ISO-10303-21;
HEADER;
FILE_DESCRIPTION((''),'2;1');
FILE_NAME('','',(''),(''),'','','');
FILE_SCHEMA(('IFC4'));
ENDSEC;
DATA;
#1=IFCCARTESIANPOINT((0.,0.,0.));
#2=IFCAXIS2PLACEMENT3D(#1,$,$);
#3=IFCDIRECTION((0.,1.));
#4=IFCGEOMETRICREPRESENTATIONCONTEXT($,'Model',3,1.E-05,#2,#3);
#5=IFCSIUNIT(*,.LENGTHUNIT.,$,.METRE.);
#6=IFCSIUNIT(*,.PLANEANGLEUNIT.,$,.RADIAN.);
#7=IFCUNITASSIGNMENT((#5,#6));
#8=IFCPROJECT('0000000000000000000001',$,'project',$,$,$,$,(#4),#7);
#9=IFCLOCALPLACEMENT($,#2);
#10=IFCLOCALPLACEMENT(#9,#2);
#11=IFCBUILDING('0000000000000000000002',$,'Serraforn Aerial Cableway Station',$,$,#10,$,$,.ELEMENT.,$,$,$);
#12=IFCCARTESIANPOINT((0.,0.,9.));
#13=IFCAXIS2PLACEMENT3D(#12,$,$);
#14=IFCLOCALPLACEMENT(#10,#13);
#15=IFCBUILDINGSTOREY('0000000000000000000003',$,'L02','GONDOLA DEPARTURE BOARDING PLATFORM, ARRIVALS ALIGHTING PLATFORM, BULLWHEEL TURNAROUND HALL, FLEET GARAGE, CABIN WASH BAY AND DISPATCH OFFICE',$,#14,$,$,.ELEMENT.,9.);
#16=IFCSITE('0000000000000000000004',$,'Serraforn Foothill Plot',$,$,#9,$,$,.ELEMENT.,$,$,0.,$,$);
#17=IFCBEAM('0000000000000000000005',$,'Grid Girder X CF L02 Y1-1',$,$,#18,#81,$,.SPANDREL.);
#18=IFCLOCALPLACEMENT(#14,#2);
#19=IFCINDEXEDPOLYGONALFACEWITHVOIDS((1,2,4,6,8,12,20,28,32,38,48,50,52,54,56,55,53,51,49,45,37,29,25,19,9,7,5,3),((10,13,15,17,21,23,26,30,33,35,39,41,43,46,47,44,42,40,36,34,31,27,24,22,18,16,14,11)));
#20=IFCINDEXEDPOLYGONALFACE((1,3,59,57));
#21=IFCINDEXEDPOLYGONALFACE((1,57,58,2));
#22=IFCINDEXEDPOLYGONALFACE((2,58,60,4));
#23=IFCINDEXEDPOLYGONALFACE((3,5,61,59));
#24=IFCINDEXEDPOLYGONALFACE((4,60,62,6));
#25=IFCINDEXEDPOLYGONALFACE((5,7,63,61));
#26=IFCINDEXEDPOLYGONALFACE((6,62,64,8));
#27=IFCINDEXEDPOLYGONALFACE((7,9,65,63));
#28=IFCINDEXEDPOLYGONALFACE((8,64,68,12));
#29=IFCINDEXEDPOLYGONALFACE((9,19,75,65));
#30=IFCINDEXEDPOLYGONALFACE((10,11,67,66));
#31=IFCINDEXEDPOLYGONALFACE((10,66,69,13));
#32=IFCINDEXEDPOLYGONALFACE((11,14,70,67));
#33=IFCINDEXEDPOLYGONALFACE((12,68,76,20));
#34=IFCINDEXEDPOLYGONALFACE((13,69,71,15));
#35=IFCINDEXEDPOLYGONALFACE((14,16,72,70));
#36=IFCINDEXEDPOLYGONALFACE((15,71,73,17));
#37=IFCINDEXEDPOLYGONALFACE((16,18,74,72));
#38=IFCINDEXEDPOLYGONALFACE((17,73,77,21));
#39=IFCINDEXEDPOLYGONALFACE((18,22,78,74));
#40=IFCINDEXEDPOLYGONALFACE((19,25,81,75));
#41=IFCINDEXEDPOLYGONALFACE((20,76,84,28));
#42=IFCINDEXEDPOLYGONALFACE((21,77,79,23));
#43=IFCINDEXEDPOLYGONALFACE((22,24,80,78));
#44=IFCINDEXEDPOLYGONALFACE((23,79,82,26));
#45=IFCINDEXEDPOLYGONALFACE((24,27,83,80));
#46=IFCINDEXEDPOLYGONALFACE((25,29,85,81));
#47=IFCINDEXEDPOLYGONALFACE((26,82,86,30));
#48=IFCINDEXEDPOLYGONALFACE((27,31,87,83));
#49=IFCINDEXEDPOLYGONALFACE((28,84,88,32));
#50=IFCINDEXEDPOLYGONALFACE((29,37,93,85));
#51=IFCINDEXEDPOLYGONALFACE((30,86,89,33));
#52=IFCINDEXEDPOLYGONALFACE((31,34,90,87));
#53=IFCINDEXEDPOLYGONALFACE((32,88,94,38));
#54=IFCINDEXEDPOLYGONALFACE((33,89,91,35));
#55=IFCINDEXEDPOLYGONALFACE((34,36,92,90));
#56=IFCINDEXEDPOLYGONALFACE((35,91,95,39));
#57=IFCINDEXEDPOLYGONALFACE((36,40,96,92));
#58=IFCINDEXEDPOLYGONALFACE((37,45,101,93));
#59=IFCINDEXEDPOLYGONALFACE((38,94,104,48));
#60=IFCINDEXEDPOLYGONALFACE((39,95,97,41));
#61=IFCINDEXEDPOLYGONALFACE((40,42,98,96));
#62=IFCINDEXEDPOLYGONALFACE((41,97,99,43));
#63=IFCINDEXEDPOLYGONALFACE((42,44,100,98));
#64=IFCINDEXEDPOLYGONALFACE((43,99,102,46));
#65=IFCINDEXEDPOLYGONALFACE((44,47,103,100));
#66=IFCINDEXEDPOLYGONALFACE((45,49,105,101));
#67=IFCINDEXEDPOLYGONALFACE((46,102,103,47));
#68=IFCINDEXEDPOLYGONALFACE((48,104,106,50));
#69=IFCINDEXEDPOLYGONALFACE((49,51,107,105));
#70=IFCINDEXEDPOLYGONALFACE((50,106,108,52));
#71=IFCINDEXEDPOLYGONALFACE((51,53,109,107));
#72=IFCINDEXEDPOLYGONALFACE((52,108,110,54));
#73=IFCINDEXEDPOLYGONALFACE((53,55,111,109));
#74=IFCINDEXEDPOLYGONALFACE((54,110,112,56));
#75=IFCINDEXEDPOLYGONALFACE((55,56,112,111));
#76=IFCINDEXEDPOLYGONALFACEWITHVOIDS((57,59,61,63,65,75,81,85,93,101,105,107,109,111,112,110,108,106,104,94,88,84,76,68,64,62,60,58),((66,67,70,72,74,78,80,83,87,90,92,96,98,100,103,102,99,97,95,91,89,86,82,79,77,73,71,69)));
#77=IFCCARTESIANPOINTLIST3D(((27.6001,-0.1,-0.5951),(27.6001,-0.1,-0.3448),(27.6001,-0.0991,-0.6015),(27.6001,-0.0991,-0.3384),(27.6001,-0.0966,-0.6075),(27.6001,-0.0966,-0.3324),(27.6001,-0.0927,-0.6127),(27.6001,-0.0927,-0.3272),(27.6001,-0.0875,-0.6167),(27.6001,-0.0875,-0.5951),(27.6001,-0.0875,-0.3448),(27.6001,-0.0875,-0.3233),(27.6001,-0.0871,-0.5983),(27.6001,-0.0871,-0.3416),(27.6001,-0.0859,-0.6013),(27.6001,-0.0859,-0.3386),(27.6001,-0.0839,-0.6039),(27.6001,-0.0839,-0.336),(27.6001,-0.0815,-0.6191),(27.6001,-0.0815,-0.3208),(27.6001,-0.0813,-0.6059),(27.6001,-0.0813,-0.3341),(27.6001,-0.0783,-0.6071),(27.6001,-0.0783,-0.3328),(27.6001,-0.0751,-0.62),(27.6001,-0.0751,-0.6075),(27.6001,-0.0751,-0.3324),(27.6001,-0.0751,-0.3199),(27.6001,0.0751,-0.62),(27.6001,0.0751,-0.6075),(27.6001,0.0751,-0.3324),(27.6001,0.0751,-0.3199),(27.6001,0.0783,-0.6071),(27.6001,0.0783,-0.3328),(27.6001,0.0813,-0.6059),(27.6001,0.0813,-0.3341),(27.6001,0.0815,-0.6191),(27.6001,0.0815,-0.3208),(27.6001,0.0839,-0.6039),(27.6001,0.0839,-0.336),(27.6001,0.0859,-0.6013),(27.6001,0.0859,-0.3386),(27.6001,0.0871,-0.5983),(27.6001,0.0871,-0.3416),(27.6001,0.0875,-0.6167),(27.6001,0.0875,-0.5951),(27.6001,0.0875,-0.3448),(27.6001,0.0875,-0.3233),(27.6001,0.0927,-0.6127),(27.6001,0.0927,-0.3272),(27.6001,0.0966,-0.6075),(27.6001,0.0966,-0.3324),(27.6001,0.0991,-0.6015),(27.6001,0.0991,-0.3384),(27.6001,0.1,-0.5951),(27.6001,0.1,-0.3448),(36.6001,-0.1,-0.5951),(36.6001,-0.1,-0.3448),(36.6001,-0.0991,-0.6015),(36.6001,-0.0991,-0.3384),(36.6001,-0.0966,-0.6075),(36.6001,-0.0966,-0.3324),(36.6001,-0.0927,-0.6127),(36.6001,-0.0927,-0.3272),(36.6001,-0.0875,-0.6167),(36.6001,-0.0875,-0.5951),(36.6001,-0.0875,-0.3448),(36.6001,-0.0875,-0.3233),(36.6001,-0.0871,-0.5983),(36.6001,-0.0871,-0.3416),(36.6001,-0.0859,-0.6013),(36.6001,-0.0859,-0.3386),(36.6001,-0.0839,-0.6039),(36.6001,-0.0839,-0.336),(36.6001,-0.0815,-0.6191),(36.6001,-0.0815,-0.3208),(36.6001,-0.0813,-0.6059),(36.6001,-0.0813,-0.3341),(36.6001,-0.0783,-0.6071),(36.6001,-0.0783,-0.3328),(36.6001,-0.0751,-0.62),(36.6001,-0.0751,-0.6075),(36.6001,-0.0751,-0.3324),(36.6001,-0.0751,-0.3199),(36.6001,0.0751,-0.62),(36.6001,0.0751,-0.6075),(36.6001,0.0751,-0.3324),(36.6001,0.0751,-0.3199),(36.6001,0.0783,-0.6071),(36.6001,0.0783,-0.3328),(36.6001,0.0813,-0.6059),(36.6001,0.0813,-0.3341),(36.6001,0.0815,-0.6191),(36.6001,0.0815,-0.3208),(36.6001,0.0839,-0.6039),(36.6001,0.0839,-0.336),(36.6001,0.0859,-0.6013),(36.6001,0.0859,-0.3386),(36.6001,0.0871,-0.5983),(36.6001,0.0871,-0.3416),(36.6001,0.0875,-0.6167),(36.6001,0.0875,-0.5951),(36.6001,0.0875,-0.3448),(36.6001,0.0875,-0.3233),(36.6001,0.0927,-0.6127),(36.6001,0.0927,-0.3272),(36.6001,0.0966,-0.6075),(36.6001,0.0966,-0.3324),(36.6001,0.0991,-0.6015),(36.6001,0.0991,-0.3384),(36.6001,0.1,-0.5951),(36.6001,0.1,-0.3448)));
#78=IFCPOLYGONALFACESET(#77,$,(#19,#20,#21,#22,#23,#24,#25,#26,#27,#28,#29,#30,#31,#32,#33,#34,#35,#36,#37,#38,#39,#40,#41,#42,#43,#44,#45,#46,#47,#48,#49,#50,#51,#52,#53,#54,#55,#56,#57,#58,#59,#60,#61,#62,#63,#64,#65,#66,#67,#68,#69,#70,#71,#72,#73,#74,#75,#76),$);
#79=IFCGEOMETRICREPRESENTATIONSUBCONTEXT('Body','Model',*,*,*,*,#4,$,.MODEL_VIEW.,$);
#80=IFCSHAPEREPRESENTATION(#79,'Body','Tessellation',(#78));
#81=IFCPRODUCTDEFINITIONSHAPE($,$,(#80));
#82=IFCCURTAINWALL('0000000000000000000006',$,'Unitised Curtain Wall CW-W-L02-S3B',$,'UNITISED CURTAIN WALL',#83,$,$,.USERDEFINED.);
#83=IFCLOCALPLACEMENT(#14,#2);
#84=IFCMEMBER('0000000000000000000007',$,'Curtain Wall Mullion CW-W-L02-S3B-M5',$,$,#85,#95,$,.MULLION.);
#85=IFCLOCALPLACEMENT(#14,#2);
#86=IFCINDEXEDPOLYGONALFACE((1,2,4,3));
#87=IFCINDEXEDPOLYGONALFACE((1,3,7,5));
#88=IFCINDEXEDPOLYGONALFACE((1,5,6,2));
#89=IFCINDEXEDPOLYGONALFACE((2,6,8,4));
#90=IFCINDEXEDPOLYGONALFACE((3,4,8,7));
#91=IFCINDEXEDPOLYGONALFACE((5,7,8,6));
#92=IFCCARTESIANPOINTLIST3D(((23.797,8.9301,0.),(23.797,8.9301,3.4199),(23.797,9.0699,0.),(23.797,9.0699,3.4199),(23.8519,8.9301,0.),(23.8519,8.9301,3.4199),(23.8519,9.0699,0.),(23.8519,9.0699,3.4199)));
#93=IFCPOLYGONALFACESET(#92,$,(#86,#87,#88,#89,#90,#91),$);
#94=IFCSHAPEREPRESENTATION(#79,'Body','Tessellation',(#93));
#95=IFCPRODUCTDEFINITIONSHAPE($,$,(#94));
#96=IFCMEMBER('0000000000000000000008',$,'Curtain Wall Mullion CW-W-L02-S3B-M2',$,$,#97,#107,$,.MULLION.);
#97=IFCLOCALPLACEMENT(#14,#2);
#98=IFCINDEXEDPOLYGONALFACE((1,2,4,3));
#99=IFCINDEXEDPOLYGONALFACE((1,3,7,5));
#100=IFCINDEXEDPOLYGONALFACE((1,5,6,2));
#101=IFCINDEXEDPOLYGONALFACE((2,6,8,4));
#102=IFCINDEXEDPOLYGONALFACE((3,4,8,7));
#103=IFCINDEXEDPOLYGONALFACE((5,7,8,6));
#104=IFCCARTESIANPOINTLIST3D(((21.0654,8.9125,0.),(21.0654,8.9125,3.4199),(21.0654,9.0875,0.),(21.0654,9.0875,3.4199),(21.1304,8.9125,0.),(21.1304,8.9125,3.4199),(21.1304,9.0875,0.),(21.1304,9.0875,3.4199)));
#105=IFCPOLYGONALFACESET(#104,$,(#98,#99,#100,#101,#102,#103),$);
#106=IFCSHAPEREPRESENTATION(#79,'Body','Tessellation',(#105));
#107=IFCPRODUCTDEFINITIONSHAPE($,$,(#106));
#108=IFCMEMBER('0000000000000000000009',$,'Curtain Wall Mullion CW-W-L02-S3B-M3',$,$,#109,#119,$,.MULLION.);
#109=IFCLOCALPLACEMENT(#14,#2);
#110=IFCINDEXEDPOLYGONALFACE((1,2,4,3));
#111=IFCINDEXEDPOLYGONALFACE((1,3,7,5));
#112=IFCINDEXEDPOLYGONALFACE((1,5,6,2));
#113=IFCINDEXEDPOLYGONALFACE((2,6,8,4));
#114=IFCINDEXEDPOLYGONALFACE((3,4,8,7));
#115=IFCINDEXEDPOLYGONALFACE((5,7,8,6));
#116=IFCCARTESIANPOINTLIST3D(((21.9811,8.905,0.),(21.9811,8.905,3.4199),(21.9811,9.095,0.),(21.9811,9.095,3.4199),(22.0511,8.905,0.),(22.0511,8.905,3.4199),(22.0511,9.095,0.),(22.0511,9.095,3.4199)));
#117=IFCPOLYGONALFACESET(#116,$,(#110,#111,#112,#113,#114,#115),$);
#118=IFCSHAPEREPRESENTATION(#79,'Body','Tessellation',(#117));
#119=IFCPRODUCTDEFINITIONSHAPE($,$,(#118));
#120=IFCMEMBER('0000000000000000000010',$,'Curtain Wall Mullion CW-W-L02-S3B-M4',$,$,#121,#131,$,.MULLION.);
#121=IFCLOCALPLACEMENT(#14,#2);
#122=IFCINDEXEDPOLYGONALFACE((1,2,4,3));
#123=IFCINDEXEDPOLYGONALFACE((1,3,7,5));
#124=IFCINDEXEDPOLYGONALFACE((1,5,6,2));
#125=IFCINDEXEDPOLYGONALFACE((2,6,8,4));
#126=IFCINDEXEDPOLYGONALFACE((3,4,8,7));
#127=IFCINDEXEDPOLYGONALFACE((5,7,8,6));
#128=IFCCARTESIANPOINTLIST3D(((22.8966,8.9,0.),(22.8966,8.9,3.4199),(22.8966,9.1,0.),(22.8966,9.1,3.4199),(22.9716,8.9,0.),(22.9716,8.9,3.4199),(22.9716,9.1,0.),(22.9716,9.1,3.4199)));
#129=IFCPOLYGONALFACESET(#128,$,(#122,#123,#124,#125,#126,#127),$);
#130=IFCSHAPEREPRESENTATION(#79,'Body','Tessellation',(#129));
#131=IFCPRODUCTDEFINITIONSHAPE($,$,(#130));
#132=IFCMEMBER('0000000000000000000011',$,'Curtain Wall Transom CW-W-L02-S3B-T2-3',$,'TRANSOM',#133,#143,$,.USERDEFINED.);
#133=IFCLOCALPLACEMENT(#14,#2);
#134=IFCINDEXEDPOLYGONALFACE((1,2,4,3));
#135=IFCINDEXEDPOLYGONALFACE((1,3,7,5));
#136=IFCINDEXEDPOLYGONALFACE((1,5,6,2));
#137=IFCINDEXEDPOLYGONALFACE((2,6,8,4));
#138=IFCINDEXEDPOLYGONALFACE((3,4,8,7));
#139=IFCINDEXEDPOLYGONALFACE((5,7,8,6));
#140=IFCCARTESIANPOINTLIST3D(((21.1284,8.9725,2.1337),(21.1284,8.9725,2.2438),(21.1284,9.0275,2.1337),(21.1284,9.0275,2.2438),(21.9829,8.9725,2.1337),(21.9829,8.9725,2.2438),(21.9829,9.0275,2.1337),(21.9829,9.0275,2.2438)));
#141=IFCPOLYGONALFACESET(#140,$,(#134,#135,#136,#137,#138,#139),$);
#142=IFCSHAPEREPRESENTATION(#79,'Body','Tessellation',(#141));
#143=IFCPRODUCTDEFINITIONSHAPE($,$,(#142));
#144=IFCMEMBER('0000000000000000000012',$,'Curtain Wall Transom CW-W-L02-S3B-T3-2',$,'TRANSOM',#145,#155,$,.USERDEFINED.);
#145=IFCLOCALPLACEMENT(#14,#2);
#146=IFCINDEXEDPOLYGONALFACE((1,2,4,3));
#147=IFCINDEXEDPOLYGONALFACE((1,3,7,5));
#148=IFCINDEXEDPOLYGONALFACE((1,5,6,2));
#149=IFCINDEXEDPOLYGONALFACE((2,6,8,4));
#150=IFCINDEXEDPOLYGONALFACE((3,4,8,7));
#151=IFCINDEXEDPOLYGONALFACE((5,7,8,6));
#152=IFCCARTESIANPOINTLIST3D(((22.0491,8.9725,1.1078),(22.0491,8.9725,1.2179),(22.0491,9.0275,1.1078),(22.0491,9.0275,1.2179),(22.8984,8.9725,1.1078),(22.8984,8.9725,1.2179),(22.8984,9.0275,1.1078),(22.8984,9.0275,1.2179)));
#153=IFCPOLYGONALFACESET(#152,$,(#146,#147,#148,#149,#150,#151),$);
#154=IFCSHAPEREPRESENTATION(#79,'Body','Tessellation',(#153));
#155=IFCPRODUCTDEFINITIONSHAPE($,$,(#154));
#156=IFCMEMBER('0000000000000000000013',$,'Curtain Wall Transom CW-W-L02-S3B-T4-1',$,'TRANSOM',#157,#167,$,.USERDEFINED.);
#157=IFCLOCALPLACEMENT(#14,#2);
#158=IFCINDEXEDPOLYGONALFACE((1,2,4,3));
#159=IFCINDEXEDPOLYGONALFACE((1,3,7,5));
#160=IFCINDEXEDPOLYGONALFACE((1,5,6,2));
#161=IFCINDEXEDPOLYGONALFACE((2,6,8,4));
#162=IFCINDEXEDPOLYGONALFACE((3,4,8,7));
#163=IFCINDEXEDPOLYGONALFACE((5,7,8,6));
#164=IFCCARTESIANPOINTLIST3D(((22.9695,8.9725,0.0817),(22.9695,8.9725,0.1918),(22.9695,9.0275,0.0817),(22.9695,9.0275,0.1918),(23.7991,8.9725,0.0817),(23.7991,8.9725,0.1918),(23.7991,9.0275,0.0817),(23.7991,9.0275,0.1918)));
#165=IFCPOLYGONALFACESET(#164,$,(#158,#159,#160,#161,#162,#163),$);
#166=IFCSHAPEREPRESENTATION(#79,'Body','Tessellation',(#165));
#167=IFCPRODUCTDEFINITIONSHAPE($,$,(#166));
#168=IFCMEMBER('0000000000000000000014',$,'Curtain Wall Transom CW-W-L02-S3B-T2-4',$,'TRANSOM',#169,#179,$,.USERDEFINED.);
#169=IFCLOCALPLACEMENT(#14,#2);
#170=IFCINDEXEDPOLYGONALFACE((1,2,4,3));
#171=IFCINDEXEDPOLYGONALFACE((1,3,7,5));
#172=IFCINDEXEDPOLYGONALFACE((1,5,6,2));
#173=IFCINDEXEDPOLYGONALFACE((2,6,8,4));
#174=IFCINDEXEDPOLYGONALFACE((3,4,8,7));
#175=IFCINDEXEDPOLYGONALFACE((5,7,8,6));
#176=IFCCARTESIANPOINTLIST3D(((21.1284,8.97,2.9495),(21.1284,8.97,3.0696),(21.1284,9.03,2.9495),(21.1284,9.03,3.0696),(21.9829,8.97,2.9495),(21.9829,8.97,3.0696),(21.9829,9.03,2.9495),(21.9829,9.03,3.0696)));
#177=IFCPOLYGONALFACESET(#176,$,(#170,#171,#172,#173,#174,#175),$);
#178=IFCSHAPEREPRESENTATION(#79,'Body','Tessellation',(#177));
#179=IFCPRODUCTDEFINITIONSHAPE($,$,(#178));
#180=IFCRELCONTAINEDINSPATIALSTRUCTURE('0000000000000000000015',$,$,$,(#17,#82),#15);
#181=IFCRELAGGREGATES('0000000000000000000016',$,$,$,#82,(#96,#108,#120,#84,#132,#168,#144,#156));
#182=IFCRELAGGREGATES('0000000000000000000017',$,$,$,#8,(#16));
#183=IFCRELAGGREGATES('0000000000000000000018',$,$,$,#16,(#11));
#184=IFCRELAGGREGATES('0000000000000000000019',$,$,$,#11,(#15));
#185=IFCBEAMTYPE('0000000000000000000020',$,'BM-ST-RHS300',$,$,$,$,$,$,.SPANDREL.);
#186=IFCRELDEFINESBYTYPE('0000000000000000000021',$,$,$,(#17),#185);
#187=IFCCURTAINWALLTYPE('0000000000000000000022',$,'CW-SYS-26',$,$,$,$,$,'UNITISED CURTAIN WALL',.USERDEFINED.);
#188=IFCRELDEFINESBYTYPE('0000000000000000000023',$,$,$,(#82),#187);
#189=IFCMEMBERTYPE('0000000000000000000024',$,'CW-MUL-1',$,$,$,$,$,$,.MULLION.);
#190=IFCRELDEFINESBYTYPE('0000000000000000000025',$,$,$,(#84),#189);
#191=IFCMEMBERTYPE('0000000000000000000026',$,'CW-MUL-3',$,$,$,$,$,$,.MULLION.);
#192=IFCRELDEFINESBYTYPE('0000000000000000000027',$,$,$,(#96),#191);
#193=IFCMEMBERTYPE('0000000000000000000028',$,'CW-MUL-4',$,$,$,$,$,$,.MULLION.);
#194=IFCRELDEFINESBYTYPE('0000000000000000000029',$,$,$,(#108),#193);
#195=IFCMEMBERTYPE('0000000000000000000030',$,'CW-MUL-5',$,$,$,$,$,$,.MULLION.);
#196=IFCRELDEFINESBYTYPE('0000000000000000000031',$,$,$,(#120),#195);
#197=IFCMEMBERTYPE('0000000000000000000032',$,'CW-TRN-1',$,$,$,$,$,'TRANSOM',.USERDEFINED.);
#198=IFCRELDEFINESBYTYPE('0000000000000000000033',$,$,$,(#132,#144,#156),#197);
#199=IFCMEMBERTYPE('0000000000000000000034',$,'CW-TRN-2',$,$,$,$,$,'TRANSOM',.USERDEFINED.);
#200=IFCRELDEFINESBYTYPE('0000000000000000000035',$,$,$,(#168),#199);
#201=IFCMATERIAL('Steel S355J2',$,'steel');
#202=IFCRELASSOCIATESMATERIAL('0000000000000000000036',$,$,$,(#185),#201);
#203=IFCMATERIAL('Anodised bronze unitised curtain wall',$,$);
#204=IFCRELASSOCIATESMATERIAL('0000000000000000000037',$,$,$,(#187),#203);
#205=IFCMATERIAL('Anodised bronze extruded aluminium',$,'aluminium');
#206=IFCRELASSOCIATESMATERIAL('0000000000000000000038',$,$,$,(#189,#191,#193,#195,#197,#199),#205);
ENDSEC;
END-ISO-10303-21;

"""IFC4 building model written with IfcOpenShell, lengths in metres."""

from ifc_helpers import new_model, si_unit, direction, frame, origin, origin_2d, place, context, subcontext, project, spatial, rectangle, hollow_rectangle, extrude, material, material_profile, profile_set, type_object, element, aggregate, save


model = new_model("IFC4")

# Units and contexts
model_context = context("Model", 3, precision=1e-05, world=origin(), true_north=direction((0.0, 1.0)))
body_context = subcontext(model_context, "Body", "Model", "MODEL_VIEW")
ifc_project = project(units=[si_unit("LENGTHUNIT", "METRE"), si_unit("PLANEANGLEUNIT", "RADIAN")], contexts=[model_context])

# Site, building, storey
site_placement = place(None, origin())
site = spatial("IfcSite", under=ifc_project, at=site_placement, Name="Serraforn Foothill Plot", CompositionType="ELEMENT", RefElevation=0.0)
building_placement = place(site_placement, origin())
building = spatial("IfcBuilding", under=site, at=building_placement, Name="Serraforn Aerial Cableway Station", CompositionType="ELEMENT")
storey_placement = place(building_placement, frame((0.0, 0.0, 9.0)))
storey = spatial("IfcBuildingStorey", under=building, at=storey_placement, Name="L02", Description="GONDOLA DEPARTURE BOARDING PLATFORM, ARRIVALS ALIGHTING PLATFORM, BULLWHEEL TURNAROUND HALL, FLEET GARAGE, CABIN WASH BAY AND DISPATCH OFFICE", CompositionType="ELEMENT", Elevation=9.0)

# Shared definitions
ifc_material_1 = material(Name="Steel S355J2", Category="steel")

# Beam
ifc_material_profile_1 = material_profile(ifc_material_1, hollow_rectangle(XDim=0.2, YDim=0.3, WallThickness=0.0125, InnerFilletRadius=0.0125, OuterFilletRadius=0.0249, at=origin_2d()), Name="RHS 300x200x12.5")
ifc_profile_set_1 = profile_set([ifc_material_profile_1], Name="Steel S355J2")
beam_type_1 = type_object("IfcBeamType", Name="BM-ST-RHS300", PredefinedType="SPANDREL", material=ifc_profile_set_1)
beam_1_placement = place(storey_placement, frame((27.6001, 0.0, -0.47), z_axis=(1.0, 0.0, 0.0), x_axis=(0.0, 1.0, 0.0)))
element("IfcBeam", 1, at=beam_1_placement, inside=storey, type_object=beam_type_1, Name="Grid Girder X CF L02 Y1-1", PredefinedType="SPANDREL", context=body_context, shape_type="SweptSolid", body=[
    extrude(hollow_rectangle(XDim=0.2, YDim=0.3, WallThickness=0.0125, InnerFilletRadius=0.0125, OuterFilletRadius=0.0249, at=origin_2d()), origin(), (0.0, 0.0, 1.0), 9.0),
])

# Curtain wall, members
ifc_material_2 = material(Name="Anodised bronze unitised curtain wall")
curtain_wall_type = type_object("IfcCurtainWallType", Name="CW-SYS-26", ElementType="UNITISED CURTAIN WALL", PredefinedType="USERDEFINED", material=ifc_material_2)
curtain_wall_placement = place(storey_placement, origin())
curtain_wall = element("IfcCurtainWall", 2, at=curtain_wall_placement, inside=storey, type_object=curtain_wall_type, Name="Unitised Curtain Wall CW-W-L02-S3B", ObjectType="UNITISED CURTAIN WALL", PredefinedType="USERDEFINED")
ifc_material_3 = material(Name="Anodised bronze extruded aluminium", Category="aluminium")
ifc_material_profile_2 = material_profile(ifc_material_3, rectangle(XDim=0.0549, YDim=0.1399, at=origin_2d()), Name="CW MULLION 55x140")
ifc_profile_set_2 = profile_set([ifc_material_profile_2], Name="Anodised bronze extruded aluminium")
member_type_1 = type_object("IfcMemberType", Name="CW-MUL-1", PredefinedType="MULLION", material=ifc_profile_set_2)
member_1_placement = place(storey_placement, frame((23.8245, 9.0, 0.0), z_axis=(0.0, 0.0, 1.0), x_axis=(1.0, 0.0, 0.0)))
member_1 = element("IfcMember", 3, at=member_1_placement, type_object=member_type_1, Name="Curtain Wall Mullion CW-W-L02-S3B-M5", PredefinedType="MULLION", context=body_context, shape_type="SweptSolid", body=[
    extrude(rectangle(XDim=0.0549, YDim=0.1399, at=origin_2d()), origin(), (0.0, 0.0, 1.0), 3.4199),
])
ifc_material_profile_3 = material_profile(ifc_material_3, rectangle(XDim=0.0649, YDim=0.175, at=origin_2d()), Name="CW MULLION 65x175")
ifc_profile_set_3 = profile_set([ifc_material_profile_3], Name="Anodised bronze extruded aluminium")
member_type_2 = type_object("IfcMemberType", Name="CW-MUL-3", PredefinedType="MULLION", material=ifc_profile_set_3)
member_2_placement = place(storey_placement, frame((21.0979, 9.0, 0.0), z_axis=(0.0, 0.0, 1.0), x_axis=(1.0, 0.0, 0.0)))
member_2 = element("IfcMember", 4, at=member_2_placement, type_object=member_type_2, Name="Curtain Wall Mullion CW-W-L02-S3B-M2", PredefinedType="MULLION", context=body_context, shape_type="SweptSolid", body=[
    extrude(rectangle(XDim=0.0649, YDim=0.175, at=origin_2d()), origin(), (0.0, 0.0, 1.0), 3.4199),
])
ifc_material_profile_4 = material_profile(ifc_material_3, rectangle(XDim=0.0701, YDim=0.1899, at=origin_2d()), Name="CW MULLION 70x190")
ifc_profile_set_4 = profile_set([ifc_material_profile_4], Name="Anodised bronze extruded aluminium")
member_type_3 = type_object("IfcMemberType", Name="CW-MUL-4", PredefinedType="MULLION", material=ifc_profile_set_4)
member_3_placement = place(storey_placement, frame((22.0161, 9.0, 0.0), z_axis=(0.0, 0.0, 1.0), x_axis=(1.0, 0.0, 0.0)))
member_3 = element("IfcMember", 5, at=member_3_placement, type_object=member_type_3, Name="Curtain Wall Mullion CW-W-L02-S3B-M3", PredefinedType="MULLION", context=body_context, shape_type="SweptSolid", body=[
    extrude(rectangle(XDim=0.0701, YDim=0.1899, at=origin_2d()), origin(), (0.0, 0.0, 1.0), 3.4199),
])
ifc_material_profile_5 = material_profile(ifc_material_3, rectangle(XDim=0.075, YDim=0.2, at=origin_2d()), Name="CW MULLION 75x200")
ifc_profile_set_5 = profile_set([ifc_material_profile_5], Name="Anodised bronze extruded aluminium")
member_type_4 = type_object("IfcMemberType", Name="CW-MUL-5", PredefinedType="MULLION", material=ifc_profile_set_5)
member_4_placement = place(storey_placement, frame((22.9341, 9.0, 0.0), z_axis=(0.0, 0.0, 1.0), x_axis=(1.0, 0.0, 0.0)))
member_4 = element("IfcMember", 6, at=member_4_placement, type_object=member_type_4, Name="Curtain Wall Mullion CW-W-L02-S3B-M4", PredefinedType="MULLION", context=body_context, shape_type="SweptSolid", body=[
    extrude(rectangle(XDim=0.075, YDim=0.2, at=origin_2d()), origin(), (0.0, 0.0, 1.0), 3.4199),
])
ifc_material_profile_6 = material_profile(ifc_material_3, rectangle(XDim=0.0549, YDim=0.1101, at=origin_2d()), Name="CW TRANSOM 55x110")
ifc_profile_set_6 = profile_set([ifc_material_profile_6], Name="Anodised bronze extruded aluminium")
member_type_5 = type_object("IfcMemberType", Name="CW-TRN-1", ElementType="TRANSOM", PredefinedType="USERDEFINED", material=ifc_profile_set_6)
member_5_placement = place(storey_placement, frame((21.1284, 9.0, 2.1887), z_axis=(1.0, 0.0, 0.0), x_axis=(0.0, 1.0, 0.0)))
member_5 = element("IfcMember", 7, at=member_5_placement, type_object=member_type_5, Name="Curtain Wall Transom CW-W-L02-S3B-T2-3", ObjectType="TRANSOM", PredefinedType="USERDEFINED", context=body_context, shape_type="SweptSolid", body=[
    extrude(rectangle(XDim=0.0549, YDim=0.1101, at=origin_2d()), origin(), (0.0, 0.0, 1.0), 0.8545),
])
member_6_placement = place(storey_placement, frame((22.0491, 9.0, 1.1628), z_axis=(1.0, 0.0, 0.0), x_axis=(0.0, 1.0, 0.0)))
member_6 = element("IfcMember", 8, at=member_6_placement, type_object=member_type_5, Name="Curtain Wall Transom CW-W-L02-S3B-T3-2", ObjectType="TRANSOM", PredefinedType="USERDEFINED", context=body_context, shape_type="SweptSolid", body=[
    extrude(rectangle(XDim=0.0549, YDim=0.1101, at=origin_2d()), origin(), (0.0, 0.0, 1.0), 0.8494),
])
member_7_placement = place(storey_placement, frame((22.9695, 9.0, 0.1367), z_axis=(1.0, 0.0, 0.0), x_axis=(0.0, 1.0, 0.0)))
member_7 = element("IfcMember", 9, at=member_7_placement, type_object=member_type_5, Name="Curtain Wall Transom CW-W-L02-S3B-T4-1", ObjectType="TRANSOM", PredefinedType="USERDEFINED", context=body_context, shape_type="SweptSolid", body=[
    extrude(rectangle(XDim=0.0549, YDim=0.1101, at=origin_2d()), origin(), (0.0, 0.0, 1.0), 0.8296),
])
ifc_material_profile_7 = material_profile(ifc_material_3, rectangle(XDim=0.0601, YDim=0.1201, at=origin_2d()), Name="CW TRANSOM 60x120")
ifc_profile_set_7 = profile_set([ifc_material_profile_7], Name="Anodised bronze extruded aluminium")
member_type_6 = type_object("IfcMemberType", Name="CW-TRN-2", ElementType="TRANSOM", PredefinedType="USERDEFINED", material=ifc_profile_set_7)
member_8_placement = place(storey_placement, frame((21.1284, 9.0, 3.0095), z_axis=(1.0, 0.0, 0.0), x_axis=(0.0, 1.0, 0.0)))
member_8 = element("IfcMember", 10, at=member_8_placement, type_object=member_type_6, Name="Curtain Wall Transom CW-W-L02-S3B-T2-4", ObjectType="TRANSOM", PredefinedType="USERDEFINED", context=body_context, shape_type="SweptSolid", body=[
    extrude(rectangle(XDim=0.0601, YDim=0.1201, at=origin_2d()), origin(), (0.0, 0.0, 1.0), 0.8545),
])
aggregate(curtain_wall, [member_2, member_3, member_4, member_1, member_5, member_8, member_6, member_7])

save(model, "model.ifc")
